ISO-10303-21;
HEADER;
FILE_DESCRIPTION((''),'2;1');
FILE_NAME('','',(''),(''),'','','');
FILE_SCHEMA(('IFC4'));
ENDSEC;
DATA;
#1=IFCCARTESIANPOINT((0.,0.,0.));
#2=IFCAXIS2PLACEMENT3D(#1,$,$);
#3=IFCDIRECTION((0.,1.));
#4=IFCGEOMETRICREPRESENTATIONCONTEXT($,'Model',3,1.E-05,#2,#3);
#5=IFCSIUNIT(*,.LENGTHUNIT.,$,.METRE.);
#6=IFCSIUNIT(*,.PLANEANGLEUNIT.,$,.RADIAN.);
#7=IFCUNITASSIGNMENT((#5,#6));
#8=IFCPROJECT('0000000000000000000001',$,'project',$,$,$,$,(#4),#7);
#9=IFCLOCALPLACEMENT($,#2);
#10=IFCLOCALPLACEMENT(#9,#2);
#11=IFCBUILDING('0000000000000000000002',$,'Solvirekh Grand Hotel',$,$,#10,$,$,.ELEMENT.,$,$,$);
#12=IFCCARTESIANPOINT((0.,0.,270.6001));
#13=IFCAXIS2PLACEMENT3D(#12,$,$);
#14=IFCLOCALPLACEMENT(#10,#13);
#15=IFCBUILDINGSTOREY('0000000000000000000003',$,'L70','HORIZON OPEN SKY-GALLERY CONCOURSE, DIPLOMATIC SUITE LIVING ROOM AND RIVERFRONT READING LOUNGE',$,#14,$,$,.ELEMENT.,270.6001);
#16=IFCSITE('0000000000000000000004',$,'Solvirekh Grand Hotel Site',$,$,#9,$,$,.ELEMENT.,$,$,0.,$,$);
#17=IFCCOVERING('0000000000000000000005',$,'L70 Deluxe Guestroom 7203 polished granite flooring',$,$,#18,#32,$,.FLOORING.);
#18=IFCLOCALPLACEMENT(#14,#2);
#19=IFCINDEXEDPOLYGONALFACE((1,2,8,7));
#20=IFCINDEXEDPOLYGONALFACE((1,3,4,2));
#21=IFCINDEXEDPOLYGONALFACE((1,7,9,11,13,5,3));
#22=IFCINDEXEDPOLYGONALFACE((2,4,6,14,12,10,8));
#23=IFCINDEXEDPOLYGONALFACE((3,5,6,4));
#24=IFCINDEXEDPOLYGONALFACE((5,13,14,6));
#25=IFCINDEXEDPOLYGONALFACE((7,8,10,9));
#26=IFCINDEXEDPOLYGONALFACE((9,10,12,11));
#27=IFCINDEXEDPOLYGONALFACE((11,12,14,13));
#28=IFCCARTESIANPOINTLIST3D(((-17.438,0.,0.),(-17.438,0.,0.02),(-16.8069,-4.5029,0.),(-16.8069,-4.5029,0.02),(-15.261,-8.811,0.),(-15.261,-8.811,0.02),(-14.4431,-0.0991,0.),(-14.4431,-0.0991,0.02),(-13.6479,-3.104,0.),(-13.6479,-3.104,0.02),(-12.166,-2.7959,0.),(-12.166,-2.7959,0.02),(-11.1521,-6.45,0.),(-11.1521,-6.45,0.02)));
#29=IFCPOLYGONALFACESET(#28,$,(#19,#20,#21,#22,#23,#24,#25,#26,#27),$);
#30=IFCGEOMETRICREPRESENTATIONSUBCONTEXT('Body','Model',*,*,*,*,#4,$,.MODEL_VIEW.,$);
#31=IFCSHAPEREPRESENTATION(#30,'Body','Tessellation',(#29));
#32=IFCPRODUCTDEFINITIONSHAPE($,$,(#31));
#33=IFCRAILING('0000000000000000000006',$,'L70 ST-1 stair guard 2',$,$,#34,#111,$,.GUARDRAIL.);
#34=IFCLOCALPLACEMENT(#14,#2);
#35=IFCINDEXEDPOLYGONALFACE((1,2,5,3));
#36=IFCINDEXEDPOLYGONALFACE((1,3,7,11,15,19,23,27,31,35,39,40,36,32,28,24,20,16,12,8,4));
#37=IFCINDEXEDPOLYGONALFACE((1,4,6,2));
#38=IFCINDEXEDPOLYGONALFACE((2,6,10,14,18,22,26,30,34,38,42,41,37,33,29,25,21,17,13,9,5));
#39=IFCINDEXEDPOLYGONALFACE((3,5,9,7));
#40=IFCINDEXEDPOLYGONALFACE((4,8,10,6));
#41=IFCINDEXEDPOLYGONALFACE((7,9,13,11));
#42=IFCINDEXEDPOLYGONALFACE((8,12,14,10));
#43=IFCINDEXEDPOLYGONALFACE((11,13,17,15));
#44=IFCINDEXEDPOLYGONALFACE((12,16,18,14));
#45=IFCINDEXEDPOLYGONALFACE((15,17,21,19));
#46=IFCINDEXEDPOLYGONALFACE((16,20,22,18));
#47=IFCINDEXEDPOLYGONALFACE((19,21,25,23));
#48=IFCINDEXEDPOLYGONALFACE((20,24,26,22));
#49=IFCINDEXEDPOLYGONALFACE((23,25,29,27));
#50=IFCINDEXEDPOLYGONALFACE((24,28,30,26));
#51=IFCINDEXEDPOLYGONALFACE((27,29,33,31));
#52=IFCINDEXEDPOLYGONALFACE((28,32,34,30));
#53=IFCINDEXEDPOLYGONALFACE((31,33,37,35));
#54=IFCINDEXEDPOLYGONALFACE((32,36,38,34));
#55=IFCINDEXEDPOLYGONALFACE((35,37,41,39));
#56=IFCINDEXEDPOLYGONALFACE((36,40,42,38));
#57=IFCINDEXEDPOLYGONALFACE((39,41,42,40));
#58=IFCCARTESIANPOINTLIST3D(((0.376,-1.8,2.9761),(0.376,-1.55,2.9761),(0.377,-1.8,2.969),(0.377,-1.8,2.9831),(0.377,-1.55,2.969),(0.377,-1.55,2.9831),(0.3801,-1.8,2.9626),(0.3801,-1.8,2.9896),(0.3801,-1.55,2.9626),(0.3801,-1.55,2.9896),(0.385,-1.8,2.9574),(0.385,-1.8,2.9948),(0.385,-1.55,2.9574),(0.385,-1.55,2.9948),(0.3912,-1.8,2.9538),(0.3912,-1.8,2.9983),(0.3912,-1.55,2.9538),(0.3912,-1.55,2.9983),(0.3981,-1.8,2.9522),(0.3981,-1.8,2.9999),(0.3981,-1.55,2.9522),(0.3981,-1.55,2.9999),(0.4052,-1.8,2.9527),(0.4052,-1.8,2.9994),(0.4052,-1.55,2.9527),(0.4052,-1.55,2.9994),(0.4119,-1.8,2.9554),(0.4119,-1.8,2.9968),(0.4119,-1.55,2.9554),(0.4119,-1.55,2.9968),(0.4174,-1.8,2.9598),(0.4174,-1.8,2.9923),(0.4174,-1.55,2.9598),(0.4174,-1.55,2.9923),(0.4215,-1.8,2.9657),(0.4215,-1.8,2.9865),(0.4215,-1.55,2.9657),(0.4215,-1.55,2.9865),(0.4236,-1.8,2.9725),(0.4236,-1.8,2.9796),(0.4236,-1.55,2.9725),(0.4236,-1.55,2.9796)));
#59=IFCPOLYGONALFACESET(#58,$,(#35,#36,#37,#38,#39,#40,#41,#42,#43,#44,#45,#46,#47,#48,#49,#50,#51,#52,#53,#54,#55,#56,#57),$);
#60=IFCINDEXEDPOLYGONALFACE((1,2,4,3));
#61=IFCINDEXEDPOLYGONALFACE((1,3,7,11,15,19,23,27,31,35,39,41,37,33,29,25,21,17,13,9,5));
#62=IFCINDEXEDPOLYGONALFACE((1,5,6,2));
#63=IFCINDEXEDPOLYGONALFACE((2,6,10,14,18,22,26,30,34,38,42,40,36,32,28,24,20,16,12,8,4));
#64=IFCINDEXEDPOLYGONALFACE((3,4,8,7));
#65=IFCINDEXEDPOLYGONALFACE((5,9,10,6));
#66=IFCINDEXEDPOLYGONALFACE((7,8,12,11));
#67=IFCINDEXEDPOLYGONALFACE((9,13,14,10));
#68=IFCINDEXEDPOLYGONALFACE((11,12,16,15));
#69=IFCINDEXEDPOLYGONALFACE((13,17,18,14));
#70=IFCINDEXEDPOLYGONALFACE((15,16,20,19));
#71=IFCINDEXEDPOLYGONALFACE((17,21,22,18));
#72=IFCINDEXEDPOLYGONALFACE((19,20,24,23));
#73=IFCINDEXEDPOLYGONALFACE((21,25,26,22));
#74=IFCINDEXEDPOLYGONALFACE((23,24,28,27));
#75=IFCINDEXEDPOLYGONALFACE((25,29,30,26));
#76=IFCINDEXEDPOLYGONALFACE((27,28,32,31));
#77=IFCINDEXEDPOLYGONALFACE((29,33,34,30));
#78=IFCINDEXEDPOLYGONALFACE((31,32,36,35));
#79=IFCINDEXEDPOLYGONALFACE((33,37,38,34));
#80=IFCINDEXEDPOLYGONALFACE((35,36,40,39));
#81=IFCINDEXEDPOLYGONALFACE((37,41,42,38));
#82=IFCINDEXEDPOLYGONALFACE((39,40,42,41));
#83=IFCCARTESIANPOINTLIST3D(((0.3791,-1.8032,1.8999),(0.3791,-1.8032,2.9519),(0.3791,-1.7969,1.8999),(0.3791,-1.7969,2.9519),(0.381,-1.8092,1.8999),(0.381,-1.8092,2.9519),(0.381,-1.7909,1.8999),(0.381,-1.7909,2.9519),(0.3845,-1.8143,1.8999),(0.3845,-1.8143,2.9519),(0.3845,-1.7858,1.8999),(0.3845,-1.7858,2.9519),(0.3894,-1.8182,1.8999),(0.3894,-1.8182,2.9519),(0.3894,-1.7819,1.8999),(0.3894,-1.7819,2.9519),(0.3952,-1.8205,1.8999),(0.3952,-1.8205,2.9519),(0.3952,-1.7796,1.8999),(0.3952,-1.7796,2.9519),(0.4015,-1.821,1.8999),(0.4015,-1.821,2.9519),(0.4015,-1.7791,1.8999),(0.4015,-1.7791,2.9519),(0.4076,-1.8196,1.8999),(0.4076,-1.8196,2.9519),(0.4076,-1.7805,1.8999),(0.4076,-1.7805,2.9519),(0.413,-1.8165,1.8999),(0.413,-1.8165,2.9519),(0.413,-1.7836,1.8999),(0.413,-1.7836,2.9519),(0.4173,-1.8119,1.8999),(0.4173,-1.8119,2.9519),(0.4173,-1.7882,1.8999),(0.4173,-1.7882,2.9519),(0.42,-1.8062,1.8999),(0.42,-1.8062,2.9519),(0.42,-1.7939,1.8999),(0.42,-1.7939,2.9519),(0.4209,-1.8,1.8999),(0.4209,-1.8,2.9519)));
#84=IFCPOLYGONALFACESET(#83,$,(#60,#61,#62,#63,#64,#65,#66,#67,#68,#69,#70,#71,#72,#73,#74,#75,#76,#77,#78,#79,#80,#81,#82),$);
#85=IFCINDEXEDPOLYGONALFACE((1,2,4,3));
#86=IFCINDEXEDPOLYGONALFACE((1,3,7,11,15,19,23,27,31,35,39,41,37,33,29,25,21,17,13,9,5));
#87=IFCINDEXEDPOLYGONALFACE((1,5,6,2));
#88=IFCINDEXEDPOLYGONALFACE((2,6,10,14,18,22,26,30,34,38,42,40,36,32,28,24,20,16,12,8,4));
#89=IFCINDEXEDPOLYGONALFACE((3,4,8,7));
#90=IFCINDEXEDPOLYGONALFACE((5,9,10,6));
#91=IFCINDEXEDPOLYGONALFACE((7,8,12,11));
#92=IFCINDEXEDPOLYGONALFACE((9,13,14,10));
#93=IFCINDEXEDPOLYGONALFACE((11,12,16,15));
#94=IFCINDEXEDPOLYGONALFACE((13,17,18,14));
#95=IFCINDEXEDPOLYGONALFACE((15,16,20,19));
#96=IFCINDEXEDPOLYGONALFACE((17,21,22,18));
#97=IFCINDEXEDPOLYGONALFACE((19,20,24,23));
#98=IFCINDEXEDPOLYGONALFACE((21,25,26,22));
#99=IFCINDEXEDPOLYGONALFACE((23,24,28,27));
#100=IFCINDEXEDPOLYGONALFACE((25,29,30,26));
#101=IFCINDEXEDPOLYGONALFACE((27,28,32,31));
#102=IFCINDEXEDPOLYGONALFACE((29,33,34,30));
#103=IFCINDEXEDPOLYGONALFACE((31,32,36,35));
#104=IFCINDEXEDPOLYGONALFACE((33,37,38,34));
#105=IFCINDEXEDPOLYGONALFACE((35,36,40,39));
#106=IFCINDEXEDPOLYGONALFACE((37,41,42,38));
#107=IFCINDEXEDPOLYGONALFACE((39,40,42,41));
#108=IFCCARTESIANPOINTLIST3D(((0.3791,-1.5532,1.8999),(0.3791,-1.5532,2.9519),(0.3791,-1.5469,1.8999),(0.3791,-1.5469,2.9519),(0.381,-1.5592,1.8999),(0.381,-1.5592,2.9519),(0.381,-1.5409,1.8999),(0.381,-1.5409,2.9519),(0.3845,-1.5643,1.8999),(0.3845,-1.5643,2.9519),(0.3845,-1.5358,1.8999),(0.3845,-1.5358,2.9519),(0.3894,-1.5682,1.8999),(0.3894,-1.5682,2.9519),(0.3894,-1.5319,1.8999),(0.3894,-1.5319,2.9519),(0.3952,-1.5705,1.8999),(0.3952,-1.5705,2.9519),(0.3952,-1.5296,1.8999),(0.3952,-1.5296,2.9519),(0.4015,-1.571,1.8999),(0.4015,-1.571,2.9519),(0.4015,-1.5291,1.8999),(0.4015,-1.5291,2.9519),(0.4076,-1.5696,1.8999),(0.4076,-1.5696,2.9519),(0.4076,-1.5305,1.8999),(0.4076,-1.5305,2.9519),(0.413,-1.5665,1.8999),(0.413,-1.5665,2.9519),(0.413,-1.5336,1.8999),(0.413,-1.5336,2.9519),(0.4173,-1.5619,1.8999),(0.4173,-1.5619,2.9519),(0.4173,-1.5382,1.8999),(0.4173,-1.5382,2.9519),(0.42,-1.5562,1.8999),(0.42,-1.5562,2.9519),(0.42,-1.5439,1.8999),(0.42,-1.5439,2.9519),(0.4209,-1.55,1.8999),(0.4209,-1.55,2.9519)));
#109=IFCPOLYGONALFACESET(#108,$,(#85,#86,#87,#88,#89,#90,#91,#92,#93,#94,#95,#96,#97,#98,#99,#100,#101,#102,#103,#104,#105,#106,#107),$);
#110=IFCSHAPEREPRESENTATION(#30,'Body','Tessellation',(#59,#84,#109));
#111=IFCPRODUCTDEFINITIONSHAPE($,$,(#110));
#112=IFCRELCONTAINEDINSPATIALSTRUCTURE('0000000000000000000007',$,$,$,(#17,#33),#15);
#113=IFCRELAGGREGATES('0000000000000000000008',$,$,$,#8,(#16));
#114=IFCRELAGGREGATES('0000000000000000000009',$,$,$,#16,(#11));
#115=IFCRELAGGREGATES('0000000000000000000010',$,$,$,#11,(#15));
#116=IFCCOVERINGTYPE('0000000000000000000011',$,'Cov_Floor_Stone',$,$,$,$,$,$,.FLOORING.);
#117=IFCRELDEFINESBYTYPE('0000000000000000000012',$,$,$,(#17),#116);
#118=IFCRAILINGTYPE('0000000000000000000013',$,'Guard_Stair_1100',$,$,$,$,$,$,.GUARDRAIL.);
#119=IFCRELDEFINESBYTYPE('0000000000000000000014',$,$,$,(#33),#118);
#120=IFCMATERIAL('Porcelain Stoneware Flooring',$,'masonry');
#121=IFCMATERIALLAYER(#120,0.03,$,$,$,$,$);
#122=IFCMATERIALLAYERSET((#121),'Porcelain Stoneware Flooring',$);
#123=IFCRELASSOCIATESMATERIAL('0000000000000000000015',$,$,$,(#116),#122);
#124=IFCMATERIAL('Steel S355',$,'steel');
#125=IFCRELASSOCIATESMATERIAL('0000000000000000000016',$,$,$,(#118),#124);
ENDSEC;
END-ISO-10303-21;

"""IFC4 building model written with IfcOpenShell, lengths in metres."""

from ifc_helpers import new_model, si_unit, direction, frame, origin, origin_2d, place, context, subcontext, project, spatial, polyline, circle, outline, extrude, material, layer, layer_set, type_object, element, save


model = new_model("IFC4")

# Units and contexts
model_context = context("Model", 3, precision=1e-05, world=origin(), true_north=direction((0.0, 1.0)))
body_context = subcontext(model_context, "Body", "Model", "MODEL_VIEW")
ifc_project = project(units=[si_unit("LENGTHUNIT", "METRE"), si_unit("PLANEANGLEUNIT", "RADIAN")], contexts=[model_context])

# Site, building, storey
site_placement = place(None, origin())
site = spatial("IfcSite", under=ifc_project, at=site_placement, Name="Solvirekh Grand Hotel Site", CompositionType="ELEMENT", RefElevation=0.0)
building_placement = place(site_placement, origin())
building = spatial("IfcBuilding", under=site, at=building_placement, Name="Solvirekh Grand Hotel", CompositionType="ELEMENT")
storey_placement = place(building_placement, frame((0.0, 0.0, 270.6001)))
storey = spatial("IfcBuildingStorey", under=building, at=storey_placement, Name="L70", Description="HORIZON OPEN SKY-GALLERY CONCOURSE, DIPLOMATIC SUITE LIVING ROOM AND RIVERFRONT READING LOUNGE", CompositionType="ELEMENT", Elevation=270.6001)

# Shared definitions
ifc_material_1 = material(Name="Steel S355", Category="steel")

# Covering
ifc_material_2 = material(Name="Porcelain Stoneware Flooring", Category="masonry")
ifc_layer_1 = layer(ifc_material_2, 0.03)
ifc_layer_set_1 = layer_set([ifc_layer_1], Name="Porcelain Stoneware Flooring")
covering_type_1 = type_object("IfcCoveringType", Name="Cov_Floor_Stone", PredefinedType="FLOORING", material=ifc_layer_set_1)
covering_1_placement = place(storey_placement, origin())
element("IfcCovering", 1, at=covering_1_placement, inside=storey, type_object=covering_type_1, Name="L70 Deluxe Guestroom 7203 polished granite flooring", PredefinedType="FLOORING", context=body_context, shape_type="SweptSolid", body=[
    extrude(outline(polyline([(-13.6479, -3.104), (-14.4431, -0.0991), (-17.438, 0.0), (-16.8069, -4.5029), (-15.261, -8.811), (-11.1521, -6.45), (-12.166, -2.7959), (-13.6479, -3.104)])), origin(), (0.0, 0.0, 1.0), 0.02),
])

# Railing
railing_type_1 = type_object("IfcRailingType", Name="Guard_Stair_1100", PredefinedType="GUARDRAIL", material=ifc_material_1)
railing_1_placement = place(storey_placement, frame((0.3999, -1.8, 1.8999)))
element("IfcRailing", 2, at=railing_1_placement, inside=storey, type_object=railing_type_1, Name="L70 ST-1 stair guard 2", PredefinedType="GUARDRAIL", context=body_context, shape_type="SweptSolid", body=[
    extrude(circle(Radius=0.0239, at=origin_2d()), frame((0.0, 0.0, 1.0762), z_axis=(0.0, 1.0, 0.0), x_axis=(-1.0, 0.0, 0.0)), (0.0, 0.0, 1.0), 0.25),
    extrude(circle(Radius=0.021, at=origin_2d()), origin(), (0.0, 0.0, 1.0), 1.052),
    extrude(circle(Radius=0.021, at=origin_2d()), frame((0.0, 0.25, 0.0)), (0.0, 0.0, 1.0), 1.052),
])

save(model, "model.ifc")
